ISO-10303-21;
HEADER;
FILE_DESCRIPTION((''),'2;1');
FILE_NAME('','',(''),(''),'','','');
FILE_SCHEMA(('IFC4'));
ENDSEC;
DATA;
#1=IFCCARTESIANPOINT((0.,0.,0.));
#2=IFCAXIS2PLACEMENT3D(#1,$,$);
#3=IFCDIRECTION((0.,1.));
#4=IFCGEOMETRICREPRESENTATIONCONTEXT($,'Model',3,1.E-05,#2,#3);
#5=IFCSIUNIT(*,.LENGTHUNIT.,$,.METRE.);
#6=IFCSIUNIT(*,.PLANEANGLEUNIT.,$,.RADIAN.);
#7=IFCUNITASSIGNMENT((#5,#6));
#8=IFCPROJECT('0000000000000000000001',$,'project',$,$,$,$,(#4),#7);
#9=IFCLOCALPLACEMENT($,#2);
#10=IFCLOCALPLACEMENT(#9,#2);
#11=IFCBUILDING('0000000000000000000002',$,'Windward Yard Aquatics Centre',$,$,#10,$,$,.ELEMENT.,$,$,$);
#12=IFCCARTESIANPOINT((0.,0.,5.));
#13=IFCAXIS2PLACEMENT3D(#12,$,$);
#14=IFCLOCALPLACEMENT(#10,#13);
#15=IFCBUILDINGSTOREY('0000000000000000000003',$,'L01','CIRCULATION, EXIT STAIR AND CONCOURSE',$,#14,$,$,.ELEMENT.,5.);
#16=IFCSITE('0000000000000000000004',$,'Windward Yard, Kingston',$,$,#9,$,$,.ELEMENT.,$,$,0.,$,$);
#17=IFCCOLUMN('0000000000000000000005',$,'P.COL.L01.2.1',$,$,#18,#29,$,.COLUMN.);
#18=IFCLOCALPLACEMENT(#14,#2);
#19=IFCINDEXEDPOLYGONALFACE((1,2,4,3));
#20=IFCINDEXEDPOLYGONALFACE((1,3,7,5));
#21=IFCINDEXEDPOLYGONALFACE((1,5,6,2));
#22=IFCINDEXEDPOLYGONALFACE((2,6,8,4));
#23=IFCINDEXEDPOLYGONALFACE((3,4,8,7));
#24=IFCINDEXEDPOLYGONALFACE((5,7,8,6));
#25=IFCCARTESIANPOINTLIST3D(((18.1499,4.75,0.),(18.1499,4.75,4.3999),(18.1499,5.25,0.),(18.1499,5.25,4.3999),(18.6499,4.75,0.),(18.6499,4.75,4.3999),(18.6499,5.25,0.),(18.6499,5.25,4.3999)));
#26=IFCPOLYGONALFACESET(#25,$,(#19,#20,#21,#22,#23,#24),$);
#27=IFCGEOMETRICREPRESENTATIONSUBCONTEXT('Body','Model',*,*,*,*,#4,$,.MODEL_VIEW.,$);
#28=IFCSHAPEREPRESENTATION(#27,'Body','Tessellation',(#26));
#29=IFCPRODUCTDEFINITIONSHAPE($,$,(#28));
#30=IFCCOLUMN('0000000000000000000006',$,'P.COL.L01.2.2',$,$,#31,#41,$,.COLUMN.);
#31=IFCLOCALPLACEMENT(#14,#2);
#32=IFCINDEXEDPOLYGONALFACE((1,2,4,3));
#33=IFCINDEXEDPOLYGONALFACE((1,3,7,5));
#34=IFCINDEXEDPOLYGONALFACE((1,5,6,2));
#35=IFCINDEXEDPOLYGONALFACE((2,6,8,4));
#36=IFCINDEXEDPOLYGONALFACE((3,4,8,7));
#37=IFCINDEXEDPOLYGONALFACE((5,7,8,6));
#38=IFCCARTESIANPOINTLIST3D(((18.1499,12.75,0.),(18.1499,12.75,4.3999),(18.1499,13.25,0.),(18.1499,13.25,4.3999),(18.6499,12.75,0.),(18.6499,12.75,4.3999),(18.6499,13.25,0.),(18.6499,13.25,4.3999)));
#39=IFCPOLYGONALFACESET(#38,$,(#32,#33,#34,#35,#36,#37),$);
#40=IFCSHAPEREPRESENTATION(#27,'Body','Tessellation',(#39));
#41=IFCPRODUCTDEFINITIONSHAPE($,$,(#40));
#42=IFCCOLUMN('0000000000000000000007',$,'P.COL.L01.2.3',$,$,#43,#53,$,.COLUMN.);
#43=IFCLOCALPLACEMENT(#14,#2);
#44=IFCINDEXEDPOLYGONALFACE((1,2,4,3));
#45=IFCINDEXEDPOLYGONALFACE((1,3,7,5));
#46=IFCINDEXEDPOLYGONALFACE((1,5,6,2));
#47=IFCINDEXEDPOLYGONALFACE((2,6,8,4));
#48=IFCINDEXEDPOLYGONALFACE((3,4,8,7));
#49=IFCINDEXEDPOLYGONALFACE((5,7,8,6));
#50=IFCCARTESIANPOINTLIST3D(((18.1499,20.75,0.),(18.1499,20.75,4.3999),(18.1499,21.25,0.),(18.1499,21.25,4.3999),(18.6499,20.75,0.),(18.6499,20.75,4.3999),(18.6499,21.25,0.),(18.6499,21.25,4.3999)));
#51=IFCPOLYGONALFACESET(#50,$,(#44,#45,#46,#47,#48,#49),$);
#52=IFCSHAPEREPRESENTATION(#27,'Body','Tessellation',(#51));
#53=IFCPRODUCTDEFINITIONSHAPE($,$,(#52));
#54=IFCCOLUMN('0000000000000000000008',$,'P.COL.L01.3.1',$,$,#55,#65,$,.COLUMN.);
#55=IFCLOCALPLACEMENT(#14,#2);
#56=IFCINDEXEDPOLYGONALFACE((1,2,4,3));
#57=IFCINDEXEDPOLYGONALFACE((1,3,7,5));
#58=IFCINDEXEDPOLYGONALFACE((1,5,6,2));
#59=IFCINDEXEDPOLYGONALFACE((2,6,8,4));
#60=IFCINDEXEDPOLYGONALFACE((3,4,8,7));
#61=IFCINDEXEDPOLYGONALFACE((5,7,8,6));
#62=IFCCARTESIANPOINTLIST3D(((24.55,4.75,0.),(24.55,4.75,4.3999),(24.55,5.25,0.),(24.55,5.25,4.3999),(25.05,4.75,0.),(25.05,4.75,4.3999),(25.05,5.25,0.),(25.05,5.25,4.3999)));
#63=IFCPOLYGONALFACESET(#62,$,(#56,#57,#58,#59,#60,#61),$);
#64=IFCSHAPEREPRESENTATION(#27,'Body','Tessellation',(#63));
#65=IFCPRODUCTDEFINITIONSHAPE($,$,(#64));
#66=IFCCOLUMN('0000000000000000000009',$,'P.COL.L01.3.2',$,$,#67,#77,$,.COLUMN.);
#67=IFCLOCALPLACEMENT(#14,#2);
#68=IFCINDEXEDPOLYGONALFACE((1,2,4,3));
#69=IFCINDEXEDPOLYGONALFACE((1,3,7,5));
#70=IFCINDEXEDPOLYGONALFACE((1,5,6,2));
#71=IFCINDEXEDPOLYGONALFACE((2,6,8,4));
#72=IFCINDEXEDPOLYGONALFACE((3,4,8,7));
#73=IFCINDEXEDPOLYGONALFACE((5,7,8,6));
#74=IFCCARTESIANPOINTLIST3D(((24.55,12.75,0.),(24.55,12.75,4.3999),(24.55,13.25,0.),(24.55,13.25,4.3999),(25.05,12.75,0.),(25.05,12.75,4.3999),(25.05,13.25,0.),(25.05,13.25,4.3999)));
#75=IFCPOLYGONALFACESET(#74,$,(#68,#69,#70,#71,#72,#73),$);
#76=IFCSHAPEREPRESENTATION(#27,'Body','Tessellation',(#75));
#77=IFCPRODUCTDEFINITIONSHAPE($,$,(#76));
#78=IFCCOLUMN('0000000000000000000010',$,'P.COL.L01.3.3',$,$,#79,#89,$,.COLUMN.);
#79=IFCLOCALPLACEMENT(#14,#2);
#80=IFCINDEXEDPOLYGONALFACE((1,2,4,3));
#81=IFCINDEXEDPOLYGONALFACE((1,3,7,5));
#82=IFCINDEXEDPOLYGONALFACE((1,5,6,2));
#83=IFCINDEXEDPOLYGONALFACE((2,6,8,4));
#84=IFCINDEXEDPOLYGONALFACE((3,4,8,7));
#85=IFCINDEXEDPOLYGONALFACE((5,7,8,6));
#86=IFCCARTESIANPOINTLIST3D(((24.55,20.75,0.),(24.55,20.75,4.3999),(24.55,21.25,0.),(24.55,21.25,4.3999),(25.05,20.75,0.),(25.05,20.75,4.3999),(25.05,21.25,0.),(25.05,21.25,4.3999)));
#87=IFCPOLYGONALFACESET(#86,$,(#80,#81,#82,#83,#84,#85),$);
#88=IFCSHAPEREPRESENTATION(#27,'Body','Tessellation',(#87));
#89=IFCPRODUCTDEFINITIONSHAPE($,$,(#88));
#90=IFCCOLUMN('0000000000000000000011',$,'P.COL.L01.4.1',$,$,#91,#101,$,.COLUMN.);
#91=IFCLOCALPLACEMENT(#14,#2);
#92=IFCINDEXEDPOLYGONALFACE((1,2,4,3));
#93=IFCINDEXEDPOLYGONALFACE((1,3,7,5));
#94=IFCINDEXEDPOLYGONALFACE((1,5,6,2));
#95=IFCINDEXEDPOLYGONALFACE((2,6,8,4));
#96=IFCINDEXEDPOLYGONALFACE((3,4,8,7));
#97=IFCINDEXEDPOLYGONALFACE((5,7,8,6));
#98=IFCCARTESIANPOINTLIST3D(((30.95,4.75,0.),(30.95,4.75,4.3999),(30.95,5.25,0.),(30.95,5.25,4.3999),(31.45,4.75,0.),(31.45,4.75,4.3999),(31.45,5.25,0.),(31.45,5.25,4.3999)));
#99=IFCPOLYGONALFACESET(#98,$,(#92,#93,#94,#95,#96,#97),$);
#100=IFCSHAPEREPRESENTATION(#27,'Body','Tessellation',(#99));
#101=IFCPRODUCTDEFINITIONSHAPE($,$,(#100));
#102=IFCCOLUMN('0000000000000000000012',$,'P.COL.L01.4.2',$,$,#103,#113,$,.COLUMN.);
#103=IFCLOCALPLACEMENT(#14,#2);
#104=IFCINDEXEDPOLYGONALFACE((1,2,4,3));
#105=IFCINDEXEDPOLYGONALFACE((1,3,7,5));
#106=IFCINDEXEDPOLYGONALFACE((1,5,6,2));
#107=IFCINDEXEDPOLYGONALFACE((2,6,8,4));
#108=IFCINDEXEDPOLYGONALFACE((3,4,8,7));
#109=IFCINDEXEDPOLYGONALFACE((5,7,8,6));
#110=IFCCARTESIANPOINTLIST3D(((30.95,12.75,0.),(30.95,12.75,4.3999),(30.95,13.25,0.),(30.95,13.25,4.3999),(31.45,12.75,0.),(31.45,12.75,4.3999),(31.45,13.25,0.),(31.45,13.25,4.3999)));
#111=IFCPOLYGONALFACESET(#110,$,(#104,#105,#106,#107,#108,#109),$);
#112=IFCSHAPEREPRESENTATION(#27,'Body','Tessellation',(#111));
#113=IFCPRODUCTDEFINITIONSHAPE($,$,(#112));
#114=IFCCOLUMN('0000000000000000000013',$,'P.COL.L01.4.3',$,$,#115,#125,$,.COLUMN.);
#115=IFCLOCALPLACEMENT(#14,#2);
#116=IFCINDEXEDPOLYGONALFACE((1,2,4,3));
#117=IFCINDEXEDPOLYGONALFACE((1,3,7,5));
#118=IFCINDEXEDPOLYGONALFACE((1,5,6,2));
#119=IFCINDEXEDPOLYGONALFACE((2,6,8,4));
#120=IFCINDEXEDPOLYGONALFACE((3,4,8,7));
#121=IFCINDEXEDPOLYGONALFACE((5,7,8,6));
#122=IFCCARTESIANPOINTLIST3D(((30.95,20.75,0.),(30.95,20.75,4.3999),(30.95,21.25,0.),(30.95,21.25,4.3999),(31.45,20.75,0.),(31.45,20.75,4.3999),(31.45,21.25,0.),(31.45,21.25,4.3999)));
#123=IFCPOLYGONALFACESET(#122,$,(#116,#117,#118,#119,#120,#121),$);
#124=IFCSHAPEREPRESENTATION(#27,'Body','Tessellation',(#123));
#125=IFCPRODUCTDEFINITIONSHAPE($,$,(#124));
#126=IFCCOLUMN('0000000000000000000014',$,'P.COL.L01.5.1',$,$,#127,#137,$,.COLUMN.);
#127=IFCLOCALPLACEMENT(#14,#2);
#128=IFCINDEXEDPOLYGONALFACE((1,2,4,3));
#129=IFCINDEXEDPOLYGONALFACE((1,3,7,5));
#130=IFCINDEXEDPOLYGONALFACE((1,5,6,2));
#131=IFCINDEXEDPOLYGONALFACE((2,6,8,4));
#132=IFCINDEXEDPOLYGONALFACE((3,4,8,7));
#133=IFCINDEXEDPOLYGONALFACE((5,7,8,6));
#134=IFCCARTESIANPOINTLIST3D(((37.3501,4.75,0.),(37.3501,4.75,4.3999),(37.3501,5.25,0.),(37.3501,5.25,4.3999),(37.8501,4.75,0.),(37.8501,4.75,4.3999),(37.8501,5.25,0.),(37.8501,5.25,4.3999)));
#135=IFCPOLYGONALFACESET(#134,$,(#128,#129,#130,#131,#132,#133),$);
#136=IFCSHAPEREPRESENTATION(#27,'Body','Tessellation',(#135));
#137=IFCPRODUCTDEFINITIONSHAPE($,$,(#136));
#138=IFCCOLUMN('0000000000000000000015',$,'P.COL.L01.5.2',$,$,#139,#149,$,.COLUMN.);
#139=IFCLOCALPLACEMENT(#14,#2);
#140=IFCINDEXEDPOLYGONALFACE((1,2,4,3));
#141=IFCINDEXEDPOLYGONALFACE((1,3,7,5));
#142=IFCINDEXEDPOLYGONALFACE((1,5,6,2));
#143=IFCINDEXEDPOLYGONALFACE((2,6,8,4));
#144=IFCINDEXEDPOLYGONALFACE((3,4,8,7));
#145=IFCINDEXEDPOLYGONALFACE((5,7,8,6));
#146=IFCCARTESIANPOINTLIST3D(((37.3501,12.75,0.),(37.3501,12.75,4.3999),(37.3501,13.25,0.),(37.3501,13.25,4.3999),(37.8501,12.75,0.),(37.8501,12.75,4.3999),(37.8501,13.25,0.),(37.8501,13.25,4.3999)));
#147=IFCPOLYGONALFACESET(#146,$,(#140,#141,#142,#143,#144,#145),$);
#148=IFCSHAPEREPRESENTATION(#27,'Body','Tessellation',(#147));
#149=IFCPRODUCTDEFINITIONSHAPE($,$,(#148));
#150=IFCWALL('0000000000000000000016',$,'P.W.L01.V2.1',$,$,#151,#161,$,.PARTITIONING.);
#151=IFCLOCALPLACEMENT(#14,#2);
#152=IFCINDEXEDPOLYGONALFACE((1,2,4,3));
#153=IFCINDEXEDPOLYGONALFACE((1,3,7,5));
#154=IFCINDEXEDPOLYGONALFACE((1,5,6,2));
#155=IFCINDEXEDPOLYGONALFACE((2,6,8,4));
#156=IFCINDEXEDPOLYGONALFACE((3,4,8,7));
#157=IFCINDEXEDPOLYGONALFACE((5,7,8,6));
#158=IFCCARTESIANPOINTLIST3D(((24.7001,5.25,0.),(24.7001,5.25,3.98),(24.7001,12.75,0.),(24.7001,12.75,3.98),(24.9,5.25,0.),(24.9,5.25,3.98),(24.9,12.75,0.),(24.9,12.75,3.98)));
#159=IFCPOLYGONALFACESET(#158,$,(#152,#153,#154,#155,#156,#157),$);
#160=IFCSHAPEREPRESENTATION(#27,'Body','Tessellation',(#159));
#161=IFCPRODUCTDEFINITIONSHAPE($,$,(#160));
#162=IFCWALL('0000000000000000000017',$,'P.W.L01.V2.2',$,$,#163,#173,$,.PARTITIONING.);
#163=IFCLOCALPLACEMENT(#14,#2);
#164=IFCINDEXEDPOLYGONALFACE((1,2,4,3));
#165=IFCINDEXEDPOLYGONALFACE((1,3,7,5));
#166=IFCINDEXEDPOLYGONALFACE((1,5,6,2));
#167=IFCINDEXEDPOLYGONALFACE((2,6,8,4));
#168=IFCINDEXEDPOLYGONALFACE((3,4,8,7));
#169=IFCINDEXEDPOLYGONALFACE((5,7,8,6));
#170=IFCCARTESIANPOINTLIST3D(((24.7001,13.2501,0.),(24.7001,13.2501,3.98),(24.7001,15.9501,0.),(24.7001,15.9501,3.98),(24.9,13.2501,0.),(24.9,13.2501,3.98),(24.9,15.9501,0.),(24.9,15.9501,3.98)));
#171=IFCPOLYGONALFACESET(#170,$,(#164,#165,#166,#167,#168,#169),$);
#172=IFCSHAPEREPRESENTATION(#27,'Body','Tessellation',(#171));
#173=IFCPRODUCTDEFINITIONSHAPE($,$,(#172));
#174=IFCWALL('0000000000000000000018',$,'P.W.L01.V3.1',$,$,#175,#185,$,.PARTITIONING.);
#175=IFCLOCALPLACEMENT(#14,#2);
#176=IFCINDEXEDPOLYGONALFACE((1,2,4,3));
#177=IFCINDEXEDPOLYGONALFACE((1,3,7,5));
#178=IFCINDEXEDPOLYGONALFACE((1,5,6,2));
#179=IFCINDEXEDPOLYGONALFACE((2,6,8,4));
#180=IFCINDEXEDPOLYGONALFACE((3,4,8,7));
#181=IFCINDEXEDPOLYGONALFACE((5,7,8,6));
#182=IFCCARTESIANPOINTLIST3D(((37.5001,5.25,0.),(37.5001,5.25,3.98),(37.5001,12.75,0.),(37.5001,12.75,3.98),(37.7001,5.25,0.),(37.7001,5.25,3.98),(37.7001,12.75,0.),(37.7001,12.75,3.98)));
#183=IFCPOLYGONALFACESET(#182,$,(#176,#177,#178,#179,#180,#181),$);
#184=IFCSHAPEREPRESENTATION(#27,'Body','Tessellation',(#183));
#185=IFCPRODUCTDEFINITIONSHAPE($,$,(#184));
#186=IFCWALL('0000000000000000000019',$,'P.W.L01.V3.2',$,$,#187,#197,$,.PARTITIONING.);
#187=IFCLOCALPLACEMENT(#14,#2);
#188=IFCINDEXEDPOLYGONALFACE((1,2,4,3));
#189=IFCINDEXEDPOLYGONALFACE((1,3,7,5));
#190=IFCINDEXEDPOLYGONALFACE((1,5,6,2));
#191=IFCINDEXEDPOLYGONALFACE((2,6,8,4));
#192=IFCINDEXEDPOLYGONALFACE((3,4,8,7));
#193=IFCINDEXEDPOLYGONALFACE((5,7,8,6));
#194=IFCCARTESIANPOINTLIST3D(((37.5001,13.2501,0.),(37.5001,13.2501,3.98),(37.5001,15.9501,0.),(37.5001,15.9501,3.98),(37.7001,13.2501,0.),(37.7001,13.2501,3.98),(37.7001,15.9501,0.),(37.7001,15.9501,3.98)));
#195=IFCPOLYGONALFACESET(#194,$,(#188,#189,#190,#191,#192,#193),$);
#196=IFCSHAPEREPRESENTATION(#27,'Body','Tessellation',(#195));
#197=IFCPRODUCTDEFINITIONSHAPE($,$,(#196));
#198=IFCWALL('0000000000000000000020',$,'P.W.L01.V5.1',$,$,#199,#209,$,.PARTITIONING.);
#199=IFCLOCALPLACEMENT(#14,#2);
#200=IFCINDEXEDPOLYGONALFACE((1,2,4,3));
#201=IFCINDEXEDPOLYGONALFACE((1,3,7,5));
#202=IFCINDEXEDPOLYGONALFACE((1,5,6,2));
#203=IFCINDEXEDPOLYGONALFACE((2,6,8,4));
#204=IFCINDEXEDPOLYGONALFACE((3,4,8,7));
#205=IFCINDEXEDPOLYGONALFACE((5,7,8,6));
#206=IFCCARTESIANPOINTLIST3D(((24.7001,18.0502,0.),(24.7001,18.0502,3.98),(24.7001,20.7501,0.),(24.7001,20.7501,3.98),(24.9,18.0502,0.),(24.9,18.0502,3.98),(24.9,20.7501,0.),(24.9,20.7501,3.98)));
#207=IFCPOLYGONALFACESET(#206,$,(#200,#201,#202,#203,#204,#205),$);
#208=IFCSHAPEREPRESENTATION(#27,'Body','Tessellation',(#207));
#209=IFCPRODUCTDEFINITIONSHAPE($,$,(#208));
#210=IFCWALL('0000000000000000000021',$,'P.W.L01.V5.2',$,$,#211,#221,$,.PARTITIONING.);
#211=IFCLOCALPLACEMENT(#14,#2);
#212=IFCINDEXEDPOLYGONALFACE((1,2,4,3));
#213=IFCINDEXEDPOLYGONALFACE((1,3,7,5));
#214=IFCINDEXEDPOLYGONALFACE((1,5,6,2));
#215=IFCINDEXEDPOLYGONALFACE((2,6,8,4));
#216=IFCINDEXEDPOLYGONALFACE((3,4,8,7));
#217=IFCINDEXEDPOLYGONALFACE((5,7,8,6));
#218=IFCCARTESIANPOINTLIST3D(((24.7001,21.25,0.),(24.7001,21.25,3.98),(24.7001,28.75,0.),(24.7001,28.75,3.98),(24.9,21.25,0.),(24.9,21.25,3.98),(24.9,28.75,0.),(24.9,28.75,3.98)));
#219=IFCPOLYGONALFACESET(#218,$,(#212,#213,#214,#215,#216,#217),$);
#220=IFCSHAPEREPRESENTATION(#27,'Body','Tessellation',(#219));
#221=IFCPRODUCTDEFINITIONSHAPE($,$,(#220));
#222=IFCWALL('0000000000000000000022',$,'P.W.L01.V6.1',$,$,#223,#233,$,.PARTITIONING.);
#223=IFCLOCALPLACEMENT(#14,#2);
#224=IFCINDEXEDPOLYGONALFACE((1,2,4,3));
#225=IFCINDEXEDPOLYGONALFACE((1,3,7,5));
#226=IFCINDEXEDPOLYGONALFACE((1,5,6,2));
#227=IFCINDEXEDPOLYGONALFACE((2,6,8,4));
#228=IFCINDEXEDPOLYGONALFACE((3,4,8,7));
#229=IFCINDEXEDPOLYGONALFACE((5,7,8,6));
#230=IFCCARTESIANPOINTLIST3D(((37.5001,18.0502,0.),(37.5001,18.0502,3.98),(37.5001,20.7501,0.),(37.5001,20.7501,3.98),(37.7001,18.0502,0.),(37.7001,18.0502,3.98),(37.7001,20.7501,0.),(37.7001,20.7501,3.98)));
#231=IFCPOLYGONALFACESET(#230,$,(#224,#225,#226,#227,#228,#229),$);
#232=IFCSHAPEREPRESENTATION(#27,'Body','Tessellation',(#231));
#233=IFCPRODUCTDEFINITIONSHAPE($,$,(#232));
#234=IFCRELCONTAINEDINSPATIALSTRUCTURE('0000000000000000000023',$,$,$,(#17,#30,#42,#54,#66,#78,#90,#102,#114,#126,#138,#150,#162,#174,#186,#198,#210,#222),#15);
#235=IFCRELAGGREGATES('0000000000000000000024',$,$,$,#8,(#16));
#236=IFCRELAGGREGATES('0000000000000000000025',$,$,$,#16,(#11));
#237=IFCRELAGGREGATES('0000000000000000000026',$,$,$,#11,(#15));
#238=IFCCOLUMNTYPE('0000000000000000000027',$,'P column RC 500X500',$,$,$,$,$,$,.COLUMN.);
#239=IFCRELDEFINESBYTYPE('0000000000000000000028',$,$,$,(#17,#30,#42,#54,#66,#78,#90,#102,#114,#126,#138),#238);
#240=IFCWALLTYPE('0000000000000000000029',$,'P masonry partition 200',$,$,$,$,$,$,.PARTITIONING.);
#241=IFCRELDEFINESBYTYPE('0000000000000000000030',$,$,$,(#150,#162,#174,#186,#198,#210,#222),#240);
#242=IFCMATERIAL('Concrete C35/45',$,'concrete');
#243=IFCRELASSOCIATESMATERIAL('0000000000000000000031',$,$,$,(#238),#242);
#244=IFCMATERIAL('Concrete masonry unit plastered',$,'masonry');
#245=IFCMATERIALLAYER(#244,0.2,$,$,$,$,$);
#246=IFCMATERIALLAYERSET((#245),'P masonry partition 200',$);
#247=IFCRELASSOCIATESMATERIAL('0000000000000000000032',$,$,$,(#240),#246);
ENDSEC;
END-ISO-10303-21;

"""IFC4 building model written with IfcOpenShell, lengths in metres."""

from ifc_helpers import new_model, si_unit, direction, frame, frame_2d, origin, origin_2d, place, context, subcontext, project, spatial, rectangle, extrude, material, layer, layer_set, material_profile, profile_set, type_object, element, save


model = new_model("IFC4")

# Units and contexts
model_context = context("Model", 3, precision=1e-05, world=origin(), true_north=direction((0.0, 1.0)))
body_context = subcontext(model_context, "Body", "Model", "MODEL_VIEW")
ifc_project = project(units=[si_unit("LENGTHUNIT", "METRE"), si_unit("PLANEANGLEUNIT", "RADIAN")], contexts=[model_context])

# Site, building, storey
site_placement = place(None, origin())
site = spatial("IfcSite", under=ifc_project, at=site_placement, Name="Windward Yard, Kingston", CompositionType="ELEMENT", RefElevation=0.0)
building_placement = place(site_placement, origin())
building = spatial("IfcBuilding", under=site, at=building_placement, Name="Windward Yard Aquatics Centre", CompositionType="ELEMENT")
storey_placement = place(building_placement, frame((0.0, 0.0, 5.0)))
storey = spatial("IfcBuildingStorey", under=building, at=storey_placement, Name="L01", Description="CIRCULATION, EXIT STAIR AND CONCOURSE", CompositionType="ELEMENT", Elevation=5.0)

# Columns
ifc_material_1 = material(Name="Concrete C35/45", Category="concrete")
ifc_material_profile = material_profile(ifc_material_1, rectangle(XDim=0.5, YDim=0.5, at=origin_2d()), Name="RC 500X500")
ifc_profile_set = profile_set([ifc_material_profile], Name="Concrete C35/45")
column_type = type_object("IfcColumnType", Name="P column RC 500X500", PredefinedType="COLUMN", material=ifc_profile_set)
for number, where, z_axis, x_axis, name in (
    (1, (18.3999, 5.0, 0.0), (0.0, 0.0, 1.0), (1.0, 0.0, 0.0), "P.COL.L01.2.1"),
    (2, (18.3999, 13.0, 0.0), (0.0, 0.0, 1.0), (1.0, 0.0, 0.0), "P.COL.L01.2.2"),
    (3, (18.3999, 21.0, 0.0), (0.0, 0.0, 1.0), (1.0, 0.0, 0.0), "P.COL.L01.2.3"),
    (4, (24.8, 5.0, 0.0), (0.0, 0.0, 1.0), (1.0, 0.0, 0.0), "P.COL.L01.3.1"),
    (5, (24.8, 13.0, 0.0), (0.0, 0.0, 1.0), (1.0, 0.0, 0.0), "P.COL.L01.3.2"),
    (6, (24.8, 21.0, 0.0), (0.0, 0.0, 1.0), (1.0, 0.0, 0.0), "P.COL.L01.3.3"),
    (7, (31.2, 5.0, 0.0), (0.0, 0.0, 1.0), (1.0, 0.0, 0.0), "P.COL.L01.4.1"),
    (8, (31.2, 13.0, 0.0), (0.0, 0.0, 1.0), (1.0, 0.0, 0.0), "P.COL.L01.4.2"),
    (9, (31.2, 21.0, 0.0), (0.0, 0.0, 1.0), (1.0, 0.0, 0.0), "P.COL.L01.4.3"),
    (10, (37.6001, 5.0, 0.0), (0.0, 0.0, 1.0), (1.0, 0.0, 0.0), "P.COL.L01.5.1"),
    (11, (37.6001, 13.0, 0.0), (0.0, 0.0, 1.0), (1.0, 0.0, 0.0), "P.COL.L01.5.2"),
):
    element("IfcColumn", number, at=place(storey_placement, frame(where, z_axis=z_axis, x_axis=x_axis)), inside=storey, type_object=column_type, Name=name, PredefinedType="COLUMN", context=body_context, shape_type="SweptSolid", body=[
        extrude(rectangle(XDim=0.5, YDim=0.5, at=origin_2d()), origin(), (0.0, 0.0, 1.0), 4.3999),
    ])

# Walls
ifc_material_2 = material(Name="Concrete masonry unit plastered", Category="masonry")
ifc_layer_1 = layer(ifc_material_2, 0.2)
ifc_layer_set_1 = layer_set([ifc_layer_1], Name="P masonry partition 200")
wall_type_1 = type_object("IfcWallType", Name="P masonry partition 200", PredefinedType="PARTITIONING", material=ifc_layer_set_1)
wall_1_placement = place(storey_placement, frame((24.8, 5.25, 0.0), z_axis=(0.0, 0.0, 1.0), x_axis=(0.0, 1.0, 0.0)))
element("IfcWall", 12, at=wall_1_placement, inside=storey, type_object=wall_type_1, Name="P.W.L01.V2.1", PredefinedType="PARTITIONING", context=body_context, shape_type="SweptSolid", body=[
    extrude(rectangle(XDim=7.5, YDim=0.2, at=frame_2d((3.75, 0.0))), origin(), (0.0, 0.0, 1.0), 3.98),
])
wall_2_placement = place(storey_placement, frame((24.8, 13.25, 0.0), z_axis=(0.0, 0.0, 1.0), x_axis=(0.0, 1.0, 0.0)))
element("IfcWall", 13, at=wall_2_placement, inside=storey, type_object=wall_type_1, Name="P.W.L01.V2.2", PredefinedType="PARTITIONING", context=body_context, shape_type="SweptSolid", body=[
    extrude(rectangle(XDim=2.7, YDim=0.2, at=frame_2d((1.3501, 0.0))), origin(), (0.0, 0.0, 1.0), 3.98),
])
wall_3_placement = place(storey_placement, frame((37.6001, 5.25, 0.0), z_axis=(0.0, 0.0, 1.0), x_axis=(0.0, 1.0, 0.0)))
element("IfcWall", 14, at=wall_3_placement, inside=storey, type_object=wall_type_1, Name="P.W.L01.V3.1", PredefinedType="PARTITIONING", context=body_context, shape_type="SweptSolid", body=[
    extrude(rectangle(XDim=7.5, YDim=0.2, at=frame_2d((3.75, 0.0))), origin(), (0.0, 0.0, 1.0), 3.98),
])
for number, where, z_axis, x_axis, name in (
    (15, (37.6001, 13.25, 0.0), (0.0, 0.0, 1.0), (0.0, 1.0, 0.0), "P.W.L01.V3.2"),
    (16, (24.8, 18.05, 0.0), (0.0, 0.0, 1.0), (0.0, 1.0, 0.0), "P.W.L01.V5.1"),
):
    element("IfcWall", number, at=place(storey_placement, frame(where, z_axis=z_axis, x_axis=x_axis)), inside=storey, type_object=wall_type_1, Name=name, PredefinedType="PARTITIONING", context=body_context, shape_type="SweptSolid", body=[
        extrude(rectangle(XDim=2.7, YDim=0.2, at=frame_2d((1.3501, 0.0))), origin(), (0.0, 0.0, 1.0), 3.98),
    ])
wall_4_placement = place(storey_placement, frame((24.8, 21.25, 0.0), z_axis=(0.0, 0.0, 1.0), x_axis=(0.0, 1.0, 0.0)))
element("IfcWall", 17, at=wall_4_placement, inside=storey, type_object=wall_type_1, Name="P.W.L01.V5.2", PredefinedType="PARTITIONING", context=body_context, shape_type="SweptSolid", body=[
    extrude(rectangle(XDim=7.5, YDim=0.2, at=frame_2d((3.75, 0.0))), origin(), (0.0, 0.0, 1.0), 3.98),
])
wall_5_placement = place(storey_placement, frame((37.6001, 18.05, 0.0), z_axis=(0.0, 0.0, 1.0), x_axis=(0.0, 1.0, 0.0)))
element("IfcWall", 18, at=wall_5_placement, inside=storey, type_object=wall_type_1, Name="P.W.L01.V6.1", PredefinedType="PARTITIONING", context=body_context, shape_type="SweptSolid", body=[
    extrude(rectangle(XDim=2.7, YDim=0.2, at=frame_2d((1.3501, 0.0))), origin(), (0.0, 0.0, 1.0), 3.98),
])

save(model, "model.ifc")
